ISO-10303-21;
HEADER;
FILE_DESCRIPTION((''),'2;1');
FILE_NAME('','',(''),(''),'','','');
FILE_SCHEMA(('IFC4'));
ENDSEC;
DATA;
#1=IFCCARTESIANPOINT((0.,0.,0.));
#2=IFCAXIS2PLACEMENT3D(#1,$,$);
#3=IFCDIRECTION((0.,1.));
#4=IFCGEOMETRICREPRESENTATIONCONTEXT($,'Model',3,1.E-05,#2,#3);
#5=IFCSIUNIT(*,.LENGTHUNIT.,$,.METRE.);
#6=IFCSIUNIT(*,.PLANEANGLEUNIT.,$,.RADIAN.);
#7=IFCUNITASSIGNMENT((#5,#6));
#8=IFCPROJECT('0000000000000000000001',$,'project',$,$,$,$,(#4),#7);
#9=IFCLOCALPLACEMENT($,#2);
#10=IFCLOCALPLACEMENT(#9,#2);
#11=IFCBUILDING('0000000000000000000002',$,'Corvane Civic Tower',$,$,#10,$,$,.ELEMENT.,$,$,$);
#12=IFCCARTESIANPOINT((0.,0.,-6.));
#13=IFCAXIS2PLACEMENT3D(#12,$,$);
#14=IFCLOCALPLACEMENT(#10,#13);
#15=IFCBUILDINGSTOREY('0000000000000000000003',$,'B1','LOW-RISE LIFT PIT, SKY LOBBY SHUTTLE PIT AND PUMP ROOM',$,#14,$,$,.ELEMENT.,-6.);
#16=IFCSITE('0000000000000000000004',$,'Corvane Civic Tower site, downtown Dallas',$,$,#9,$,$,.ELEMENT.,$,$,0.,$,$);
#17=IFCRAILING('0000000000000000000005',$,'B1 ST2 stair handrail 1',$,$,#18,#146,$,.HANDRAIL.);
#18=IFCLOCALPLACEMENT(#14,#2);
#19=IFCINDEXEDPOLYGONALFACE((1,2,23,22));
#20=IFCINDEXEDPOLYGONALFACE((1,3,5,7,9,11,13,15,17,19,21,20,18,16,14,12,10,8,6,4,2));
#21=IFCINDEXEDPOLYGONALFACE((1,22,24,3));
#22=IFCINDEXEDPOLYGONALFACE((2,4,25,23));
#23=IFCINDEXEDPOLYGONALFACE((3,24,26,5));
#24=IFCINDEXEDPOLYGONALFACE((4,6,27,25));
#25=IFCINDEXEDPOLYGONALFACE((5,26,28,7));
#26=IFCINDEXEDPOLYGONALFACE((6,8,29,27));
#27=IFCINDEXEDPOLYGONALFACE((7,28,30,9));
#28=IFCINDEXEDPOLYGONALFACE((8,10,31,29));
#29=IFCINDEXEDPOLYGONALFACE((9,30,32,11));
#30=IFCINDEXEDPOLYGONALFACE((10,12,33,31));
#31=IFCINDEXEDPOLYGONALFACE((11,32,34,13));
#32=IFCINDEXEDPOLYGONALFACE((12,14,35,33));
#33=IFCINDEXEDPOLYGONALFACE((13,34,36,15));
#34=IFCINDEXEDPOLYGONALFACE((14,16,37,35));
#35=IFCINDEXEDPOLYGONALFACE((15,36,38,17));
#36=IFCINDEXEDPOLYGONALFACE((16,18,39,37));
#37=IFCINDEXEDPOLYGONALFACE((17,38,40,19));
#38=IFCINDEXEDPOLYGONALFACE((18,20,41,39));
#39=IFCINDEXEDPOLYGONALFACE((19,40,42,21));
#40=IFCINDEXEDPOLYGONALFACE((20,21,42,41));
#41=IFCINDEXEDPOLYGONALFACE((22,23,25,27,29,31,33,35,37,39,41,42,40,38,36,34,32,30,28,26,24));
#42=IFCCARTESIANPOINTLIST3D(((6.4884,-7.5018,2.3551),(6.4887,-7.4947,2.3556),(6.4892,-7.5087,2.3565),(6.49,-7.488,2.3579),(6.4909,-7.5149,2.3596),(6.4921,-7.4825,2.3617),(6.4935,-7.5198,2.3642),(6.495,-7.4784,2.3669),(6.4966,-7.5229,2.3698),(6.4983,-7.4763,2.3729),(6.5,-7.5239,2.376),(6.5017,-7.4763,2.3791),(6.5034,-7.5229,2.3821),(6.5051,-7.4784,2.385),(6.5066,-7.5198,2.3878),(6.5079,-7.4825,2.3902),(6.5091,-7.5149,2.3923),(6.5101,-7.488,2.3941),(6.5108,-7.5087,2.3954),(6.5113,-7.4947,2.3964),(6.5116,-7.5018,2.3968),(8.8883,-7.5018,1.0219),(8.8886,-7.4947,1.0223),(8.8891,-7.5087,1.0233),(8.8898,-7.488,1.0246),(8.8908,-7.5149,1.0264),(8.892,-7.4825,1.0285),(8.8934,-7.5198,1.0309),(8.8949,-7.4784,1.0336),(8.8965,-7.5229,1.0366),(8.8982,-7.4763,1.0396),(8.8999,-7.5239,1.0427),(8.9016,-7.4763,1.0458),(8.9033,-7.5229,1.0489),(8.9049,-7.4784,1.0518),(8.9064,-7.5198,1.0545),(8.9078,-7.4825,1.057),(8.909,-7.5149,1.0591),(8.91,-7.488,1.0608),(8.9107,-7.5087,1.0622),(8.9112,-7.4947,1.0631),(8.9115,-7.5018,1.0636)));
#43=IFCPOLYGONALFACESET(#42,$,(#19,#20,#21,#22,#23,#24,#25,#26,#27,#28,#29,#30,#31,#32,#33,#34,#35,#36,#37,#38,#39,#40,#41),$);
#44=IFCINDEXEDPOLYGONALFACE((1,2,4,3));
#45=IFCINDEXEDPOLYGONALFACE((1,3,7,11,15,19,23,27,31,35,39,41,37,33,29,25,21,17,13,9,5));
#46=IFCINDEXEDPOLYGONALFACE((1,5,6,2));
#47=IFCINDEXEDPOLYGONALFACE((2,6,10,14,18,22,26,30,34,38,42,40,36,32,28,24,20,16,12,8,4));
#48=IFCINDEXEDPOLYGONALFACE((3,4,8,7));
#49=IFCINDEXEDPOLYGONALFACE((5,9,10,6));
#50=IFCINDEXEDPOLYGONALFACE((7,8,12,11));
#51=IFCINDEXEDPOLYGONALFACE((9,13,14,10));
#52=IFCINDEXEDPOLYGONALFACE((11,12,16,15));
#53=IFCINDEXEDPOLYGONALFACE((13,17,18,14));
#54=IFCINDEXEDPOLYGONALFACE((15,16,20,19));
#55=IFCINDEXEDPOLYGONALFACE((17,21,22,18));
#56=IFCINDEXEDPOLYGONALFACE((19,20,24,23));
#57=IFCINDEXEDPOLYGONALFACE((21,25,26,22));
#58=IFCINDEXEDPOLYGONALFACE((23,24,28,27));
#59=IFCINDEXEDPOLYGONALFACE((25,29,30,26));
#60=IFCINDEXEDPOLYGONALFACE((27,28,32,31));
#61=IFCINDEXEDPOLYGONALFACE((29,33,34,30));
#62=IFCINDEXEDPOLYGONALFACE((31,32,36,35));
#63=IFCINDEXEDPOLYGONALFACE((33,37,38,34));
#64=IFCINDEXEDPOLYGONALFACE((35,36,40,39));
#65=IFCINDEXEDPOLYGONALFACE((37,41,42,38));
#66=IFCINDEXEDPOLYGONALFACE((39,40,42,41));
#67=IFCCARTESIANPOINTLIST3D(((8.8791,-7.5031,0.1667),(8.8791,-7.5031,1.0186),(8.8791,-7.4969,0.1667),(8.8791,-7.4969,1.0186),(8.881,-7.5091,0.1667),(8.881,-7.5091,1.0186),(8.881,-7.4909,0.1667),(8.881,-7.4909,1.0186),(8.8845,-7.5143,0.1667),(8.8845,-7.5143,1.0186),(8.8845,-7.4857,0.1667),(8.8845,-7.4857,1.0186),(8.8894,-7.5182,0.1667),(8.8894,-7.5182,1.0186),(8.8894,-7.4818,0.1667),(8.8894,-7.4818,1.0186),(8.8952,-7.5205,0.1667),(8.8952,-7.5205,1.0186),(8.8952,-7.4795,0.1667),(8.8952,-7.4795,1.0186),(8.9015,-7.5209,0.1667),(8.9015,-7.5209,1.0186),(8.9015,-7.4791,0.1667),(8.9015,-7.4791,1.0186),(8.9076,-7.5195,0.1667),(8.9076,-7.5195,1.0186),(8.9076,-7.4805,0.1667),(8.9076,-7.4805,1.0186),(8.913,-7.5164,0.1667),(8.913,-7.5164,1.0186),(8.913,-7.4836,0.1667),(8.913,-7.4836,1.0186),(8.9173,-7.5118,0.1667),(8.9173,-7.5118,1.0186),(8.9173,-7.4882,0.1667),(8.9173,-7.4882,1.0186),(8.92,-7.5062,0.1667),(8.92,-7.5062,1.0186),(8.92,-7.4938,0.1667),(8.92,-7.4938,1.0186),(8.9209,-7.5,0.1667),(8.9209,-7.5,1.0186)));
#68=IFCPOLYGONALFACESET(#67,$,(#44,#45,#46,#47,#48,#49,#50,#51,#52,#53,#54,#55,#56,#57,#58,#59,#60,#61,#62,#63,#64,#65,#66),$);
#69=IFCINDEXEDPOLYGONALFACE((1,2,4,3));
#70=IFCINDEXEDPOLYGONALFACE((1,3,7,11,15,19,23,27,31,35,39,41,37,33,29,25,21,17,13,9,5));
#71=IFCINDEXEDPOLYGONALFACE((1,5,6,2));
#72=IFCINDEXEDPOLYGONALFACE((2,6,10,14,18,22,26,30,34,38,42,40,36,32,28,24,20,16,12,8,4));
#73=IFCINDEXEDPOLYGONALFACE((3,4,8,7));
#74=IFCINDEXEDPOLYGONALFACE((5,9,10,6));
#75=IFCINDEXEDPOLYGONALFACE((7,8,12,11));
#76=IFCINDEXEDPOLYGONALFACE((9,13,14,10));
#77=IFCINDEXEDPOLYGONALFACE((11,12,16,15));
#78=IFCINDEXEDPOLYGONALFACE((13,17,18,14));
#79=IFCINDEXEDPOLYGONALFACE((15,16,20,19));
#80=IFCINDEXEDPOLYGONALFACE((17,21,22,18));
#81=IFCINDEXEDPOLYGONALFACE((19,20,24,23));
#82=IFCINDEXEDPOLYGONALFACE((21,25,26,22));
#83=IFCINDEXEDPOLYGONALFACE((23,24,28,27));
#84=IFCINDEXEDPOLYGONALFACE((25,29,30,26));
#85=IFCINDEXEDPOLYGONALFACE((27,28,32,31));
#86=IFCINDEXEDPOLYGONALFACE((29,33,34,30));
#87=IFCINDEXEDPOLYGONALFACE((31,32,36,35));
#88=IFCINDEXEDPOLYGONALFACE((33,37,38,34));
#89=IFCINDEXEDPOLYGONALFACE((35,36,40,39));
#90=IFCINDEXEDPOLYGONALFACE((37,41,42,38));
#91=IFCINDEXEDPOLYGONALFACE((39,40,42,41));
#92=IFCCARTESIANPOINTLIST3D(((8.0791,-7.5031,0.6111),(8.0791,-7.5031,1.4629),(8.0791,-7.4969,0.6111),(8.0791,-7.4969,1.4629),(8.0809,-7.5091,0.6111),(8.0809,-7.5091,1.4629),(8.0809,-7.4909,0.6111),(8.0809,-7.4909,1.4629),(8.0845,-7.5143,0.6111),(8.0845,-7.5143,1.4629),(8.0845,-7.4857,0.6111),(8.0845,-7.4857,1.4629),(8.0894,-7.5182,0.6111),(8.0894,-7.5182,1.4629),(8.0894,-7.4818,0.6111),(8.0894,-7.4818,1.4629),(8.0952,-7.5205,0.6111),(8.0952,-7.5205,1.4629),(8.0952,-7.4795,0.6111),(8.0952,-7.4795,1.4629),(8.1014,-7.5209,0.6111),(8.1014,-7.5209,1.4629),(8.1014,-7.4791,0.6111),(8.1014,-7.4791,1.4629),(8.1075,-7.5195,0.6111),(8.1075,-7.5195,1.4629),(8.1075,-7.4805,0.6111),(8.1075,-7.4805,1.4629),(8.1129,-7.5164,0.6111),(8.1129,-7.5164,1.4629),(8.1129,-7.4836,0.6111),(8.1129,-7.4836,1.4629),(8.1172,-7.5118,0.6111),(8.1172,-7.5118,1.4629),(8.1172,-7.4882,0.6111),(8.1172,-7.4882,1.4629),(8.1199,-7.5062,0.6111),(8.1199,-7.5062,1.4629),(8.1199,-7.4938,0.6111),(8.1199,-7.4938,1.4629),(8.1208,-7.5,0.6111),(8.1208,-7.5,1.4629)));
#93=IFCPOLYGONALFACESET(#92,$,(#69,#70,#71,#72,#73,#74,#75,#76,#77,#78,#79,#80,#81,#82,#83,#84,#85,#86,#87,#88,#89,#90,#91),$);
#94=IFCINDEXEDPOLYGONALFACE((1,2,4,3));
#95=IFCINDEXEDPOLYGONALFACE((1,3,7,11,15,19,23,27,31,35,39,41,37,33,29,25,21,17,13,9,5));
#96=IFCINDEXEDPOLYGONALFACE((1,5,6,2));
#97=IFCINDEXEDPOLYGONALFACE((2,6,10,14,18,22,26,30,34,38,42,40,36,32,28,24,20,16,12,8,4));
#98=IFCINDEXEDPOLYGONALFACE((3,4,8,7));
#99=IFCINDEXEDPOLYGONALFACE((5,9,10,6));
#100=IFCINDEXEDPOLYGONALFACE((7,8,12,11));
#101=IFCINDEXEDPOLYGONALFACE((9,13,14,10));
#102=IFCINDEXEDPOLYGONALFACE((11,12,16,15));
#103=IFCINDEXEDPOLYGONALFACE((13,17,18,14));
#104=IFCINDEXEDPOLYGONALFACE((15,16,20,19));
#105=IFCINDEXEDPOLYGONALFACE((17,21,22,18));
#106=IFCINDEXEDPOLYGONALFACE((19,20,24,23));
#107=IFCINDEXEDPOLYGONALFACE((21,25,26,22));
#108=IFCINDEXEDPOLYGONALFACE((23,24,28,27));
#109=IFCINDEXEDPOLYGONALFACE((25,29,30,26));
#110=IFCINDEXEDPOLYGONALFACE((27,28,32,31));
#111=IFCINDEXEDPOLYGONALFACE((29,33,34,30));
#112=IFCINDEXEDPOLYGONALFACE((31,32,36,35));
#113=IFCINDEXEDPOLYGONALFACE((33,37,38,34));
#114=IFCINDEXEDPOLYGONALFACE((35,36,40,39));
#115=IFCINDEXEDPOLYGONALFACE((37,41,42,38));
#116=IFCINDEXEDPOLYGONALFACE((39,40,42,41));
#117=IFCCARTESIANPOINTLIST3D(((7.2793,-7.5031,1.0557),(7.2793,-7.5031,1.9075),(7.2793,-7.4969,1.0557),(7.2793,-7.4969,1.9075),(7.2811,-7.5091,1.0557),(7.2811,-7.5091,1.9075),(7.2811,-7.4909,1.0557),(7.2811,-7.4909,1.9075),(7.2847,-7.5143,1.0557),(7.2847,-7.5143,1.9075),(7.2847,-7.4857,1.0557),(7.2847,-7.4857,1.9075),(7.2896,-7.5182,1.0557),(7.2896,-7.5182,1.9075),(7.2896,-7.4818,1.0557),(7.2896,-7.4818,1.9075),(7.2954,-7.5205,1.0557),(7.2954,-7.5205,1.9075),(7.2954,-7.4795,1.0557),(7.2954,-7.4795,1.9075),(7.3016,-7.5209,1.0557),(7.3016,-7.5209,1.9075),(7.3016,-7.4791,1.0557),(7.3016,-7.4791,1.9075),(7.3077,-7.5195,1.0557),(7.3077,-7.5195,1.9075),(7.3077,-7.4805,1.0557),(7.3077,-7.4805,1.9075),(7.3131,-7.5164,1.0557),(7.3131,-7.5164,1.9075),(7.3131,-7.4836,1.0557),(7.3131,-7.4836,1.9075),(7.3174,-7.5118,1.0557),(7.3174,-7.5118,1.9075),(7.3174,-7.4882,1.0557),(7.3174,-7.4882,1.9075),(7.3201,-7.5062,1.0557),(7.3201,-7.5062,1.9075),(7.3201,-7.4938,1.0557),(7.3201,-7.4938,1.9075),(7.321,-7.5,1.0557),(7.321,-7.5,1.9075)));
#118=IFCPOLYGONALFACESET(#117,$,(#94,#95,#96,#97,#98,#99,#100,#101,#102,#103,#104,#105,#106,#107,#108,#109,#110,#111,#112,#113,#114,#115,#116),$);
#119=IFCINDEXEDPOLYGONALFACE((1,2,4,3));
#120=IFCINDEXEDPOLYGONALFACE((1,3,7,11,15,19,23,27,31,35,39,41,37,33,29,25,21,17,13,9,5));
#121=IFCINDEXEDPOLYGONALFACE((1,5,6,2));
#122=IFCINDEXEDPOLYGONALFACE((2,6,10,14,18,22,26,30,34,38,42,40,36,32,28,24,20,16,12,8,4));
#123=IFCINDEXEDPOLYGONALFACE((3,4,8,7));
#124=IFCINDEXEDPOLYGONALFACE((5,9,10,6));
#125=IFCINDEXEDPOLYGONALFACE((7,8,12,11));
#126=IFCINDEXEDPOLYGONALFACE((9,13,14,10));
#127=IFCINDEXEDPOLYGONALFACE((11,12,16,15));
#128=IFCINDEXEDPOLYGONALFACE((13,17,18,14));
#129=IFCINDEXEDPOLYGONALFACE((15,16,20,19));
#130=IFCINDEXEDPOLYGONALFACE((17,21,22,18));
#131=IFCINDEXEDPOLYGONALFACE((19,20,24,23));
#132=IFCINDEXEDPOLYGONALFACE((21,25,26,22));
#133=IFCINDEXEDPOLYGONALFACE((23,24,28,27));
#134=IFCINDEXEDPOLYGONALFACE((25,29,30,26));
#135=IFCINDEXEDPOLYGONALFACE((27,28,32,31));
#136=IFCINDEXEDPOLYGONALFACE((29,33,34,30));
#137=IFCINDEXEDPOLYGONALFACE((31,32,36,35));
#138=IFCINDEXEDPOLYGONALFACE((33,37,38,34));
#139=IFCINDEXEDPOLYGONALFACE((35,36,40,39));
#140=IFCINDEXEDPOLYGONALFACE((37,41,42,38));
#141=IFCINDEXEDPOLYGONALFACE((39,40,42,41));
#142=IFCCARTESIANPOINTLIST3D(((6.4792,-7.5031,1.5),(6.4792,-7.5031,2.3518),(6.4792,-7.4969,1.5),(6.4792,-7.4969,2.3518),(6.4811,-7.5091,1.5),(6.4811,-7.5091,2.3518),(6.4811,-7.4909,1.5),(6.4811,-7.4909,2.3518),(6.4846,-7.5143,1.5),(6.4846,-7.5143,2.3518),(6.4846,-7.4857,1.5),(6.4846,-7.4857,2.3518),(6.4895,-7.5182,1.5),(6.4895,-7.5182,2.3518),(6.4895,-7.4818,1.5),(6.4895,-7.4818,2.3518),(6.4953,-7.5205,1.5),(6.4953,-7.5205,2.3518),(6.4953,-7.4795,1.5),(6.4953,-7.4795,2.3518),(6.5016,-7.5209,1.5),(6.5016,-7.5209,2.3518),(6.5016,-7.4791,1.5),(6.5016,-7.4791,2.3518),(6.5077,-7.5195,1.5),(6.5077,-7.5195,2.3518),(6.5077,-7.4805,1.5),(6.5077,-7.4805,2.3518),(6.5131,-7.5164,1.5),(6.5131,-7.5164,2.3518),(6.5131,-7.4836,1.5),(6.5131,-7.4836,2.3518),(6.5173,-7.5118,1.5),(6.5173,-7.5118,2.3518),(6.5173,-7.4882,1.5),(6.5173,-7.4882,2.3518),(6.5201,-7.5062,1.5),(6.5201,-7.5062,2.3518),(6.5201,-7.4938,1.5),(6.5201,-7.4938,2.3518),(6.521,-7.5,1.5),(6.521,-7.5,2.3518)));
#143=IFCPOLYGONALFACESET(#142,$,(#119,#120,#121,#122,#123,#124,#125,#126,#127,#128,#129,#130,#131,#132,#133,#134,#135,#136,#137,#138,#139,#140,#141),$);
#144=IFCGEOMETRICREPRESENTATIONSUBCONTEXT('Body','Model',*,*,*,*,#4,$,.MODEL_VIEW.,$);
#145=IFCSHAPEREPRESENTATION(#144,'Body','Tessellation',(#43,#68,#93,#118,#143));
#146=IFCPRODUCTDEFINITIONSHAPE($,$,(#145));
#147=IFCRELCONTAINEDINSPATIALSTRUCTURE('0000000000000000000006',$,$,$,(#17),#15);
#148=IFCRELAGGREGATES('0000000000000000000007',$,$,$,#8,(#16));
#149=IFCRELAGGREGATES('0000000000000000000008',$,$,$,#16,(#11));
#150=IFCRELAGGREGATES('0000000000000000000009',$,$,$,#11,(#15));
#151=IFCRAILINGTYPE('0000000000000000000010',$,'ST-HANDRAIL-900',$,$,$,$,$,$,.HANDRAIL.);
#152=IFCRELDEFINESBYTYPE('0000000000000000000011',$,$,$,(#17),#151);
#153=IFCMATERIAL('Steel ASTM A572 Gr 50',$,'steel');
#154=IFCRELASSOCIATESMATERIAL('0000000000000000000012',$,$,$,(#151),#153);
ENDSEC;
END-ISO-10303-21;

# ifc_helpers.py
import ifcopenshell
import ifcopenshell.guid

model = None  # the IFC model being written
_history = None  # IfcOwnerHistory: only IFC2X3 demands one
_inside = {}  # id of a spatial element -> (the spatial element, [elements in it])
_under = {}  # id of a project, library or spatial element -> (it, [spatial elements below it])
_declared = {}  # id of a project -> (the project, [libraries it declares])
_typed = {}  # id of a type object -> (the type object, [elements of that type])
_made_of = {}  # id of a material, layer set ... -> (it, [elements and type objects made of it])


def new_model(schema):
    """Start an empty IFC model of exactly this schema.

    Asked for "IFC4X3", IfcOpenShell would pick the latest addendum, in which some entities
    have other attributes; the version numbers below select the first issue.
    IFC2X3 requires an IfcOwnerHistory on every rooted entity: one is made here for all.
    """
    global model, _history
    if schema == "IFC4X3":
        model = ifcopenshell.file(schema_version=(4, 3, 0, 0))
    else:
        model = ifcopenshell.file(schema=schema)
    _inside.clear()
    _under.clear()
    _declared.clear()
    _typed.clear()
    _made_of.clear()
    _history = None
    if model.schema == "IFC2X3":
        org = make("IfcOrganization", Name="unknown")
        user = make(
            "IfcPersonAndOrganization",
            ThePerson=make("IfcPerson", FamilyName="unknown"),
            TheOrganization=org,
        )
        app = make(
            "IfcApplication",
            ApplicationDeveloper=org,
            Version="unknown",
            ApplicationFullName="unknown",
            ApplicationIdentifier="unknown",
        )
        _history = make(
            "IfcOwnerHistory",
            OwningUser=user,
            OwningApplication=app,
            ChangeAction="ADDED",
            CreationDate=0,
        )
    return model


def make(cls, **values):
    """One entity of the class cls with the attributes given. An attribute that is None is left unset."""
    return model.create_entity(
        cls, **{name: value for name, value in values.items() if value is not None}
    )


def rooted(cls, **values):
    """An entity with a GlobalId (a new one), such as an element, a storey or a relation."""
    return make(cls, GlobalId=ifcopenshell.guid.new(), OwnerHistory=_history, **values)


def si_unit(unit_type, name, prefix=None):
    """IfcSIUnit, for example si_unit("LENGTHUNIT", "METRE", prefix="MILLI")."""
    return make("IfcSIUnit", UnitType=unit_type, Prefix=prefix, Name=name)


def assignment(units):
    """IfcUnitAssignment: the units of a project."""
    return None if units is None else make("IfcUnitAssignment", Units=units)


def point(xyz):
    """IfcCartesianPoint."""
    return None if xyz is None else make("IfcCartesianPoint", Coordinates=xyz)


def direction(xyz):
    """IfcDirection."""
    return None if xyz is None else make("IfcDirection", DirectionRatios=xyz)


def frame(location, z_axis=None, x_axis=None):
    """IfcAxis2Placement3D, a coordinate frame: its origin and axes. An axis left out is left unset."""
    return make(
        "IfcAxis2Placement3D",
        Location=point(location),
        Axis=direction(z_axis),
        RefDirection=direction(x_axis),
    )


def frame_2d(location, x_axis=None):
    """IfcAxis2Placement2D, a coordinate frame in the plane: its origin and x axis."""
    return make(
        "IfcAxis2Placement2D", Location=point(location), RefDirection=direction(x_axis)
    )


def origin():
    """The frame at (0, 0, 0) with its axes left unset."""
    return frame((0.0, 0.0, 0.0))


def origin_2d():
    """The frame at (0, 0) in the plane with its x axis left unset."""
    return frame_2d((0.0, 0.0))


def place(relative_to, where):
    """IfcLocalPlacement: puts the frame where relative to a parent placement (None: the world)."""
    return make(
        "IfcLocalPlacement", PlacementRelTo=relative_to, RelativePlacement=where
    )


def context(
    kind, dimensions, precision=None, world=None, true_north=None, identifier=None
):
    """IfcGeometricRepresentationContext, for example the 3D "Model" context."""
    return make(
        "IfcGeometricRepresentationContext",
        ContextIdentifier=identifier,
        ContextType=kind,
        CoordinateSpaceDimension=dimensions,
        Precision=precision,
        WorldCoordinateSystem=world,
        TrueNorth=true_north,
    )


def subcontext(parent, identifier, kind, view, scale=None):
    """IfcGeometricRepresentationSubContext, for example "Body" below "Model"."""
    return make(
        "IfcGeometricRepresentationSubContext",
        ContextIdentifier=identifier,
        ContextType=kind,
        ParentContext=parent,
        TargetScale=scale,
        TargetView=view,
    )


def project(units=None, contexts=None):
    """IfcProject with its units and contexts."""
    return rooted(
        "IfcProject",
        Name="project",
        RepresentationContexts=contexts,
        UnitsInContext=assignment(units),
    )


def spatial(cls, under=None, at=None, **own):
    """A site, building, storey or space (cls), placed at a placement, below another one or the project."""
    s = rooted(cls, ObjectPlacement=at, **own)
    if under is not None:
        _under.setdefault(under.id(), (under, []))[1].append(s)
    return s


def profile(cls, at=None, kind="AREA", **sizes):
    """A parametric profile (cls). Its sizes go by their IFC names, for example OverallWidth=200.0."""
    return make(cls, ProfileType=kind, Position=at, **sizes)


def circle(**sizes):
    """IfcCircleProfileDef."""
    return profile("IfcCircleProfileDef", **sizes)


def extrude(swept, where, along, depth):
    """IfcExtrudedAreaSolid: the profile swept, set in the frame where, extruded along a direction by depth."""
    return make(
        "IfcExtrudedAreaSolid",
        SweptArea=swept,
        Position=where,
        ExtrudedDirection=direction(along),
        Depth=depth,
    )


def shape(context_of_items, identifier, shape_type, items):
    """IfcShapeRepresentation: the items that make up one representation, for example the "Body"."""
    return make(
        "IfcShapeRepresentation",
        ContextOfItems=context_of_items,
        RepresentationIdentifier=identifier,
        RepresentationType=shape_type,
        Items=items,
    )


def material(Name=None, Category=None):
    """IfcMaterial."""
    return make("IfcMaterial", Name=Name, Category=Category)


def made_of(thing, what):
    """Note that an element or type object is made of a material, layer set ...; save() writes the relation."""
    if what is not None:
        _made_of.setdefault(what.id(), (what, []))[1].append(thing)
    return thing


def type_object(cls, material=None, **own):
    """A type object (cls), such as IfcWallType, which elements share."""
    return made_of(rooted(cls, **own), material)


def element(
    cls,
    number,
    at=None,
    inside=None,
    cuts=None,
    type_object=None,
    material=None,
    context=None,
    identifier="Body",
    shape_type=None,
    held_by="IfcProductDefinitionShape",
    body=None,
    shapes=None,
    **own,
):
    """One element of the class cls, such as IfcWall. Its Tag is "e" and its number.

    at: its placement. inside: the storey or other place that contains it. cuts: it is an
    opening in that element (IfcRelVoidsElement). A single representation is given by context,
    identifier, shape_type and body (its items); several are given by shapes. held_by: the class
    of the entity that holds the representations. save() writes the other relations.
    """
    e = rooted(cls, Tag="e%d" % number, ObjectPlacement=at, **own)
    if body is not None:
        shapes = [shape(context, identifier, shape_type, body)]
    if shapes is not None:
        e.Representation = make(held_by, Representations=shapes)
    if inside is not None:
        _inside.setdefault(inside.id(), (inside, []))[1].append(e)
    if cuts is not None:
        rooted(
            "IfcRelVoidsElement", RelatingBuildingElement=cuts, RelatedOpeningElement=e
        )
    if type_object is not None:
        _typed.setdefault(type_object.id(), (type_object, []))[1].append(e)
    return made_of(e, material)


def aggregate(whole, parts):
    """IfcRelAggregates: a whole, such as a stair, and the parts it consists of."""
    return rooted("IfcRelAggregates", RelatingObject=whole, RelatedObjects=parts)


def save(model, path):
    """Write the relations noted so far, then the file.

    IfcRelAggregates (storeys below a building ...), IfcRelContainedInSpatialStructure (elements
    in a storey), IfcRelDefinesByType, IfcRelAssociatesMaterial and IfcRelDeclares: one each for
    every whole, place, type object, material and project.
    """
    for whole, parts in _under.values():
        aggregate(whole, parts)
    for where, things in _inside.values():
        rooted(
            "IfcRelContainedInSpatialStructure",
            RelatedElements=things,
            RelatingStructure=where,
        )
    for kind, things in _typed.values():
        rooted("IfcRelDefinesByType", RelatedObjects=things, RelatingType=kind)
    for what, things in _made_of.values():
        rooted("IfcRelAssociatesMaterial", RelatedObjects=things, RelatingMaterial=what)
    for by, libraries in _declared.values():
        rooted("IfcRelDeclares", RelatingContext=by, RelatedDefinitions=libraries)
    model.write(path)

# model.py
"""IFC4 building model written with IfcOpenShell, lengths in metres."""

from ifc_helpers import new_model, si_unit, direction, frame, origin, origin_2d, place, context, subcontext, project, spatial, circle, extrude, material, type_object, element, save


model = new_model("IFC4")

# Units and contexts
model_context = context("Model", 3, precision=1e-05, world=origin(), true_north=direction((0.0, 1.0)))
body_context = subcontext(model_context, "Body", "Model", "MODEL_VIEW")
ifc_project = project(units=[si_unit("LENGTHUNIT", "METRE"), si_unit("PLANEANGLEUNIT", "RADIAN")], contexts=[model_context])

# Site, building, storey
site_placement = place(None, origin())
site = spatial("IfcSite", under=ifc_project, at=site_placement, Name="Corvane Civic Tower site, downtown Dallas", CompositionType="ELEMENT", RefElevation=0.0)
building_placement = place(site_placement, origin())
building = spatial("IfcBuilding", under=site, at=building_placement, Name="Corvane Civic Tower", CompositionType="ELEMENT")
storey_placement = place(building_placement, frame((0.0, 0.0, -6.0)))
storey = spatial("IfcBuildingStorey", under=building, at=storey_placement, Name="B1", Description="LOW-RISE LIFT PIT, SKY LOBBY SHUTTLE PIT AND PUMP ROOM", CompositionType="ELEMENT", Elevation=-6.0)

# Railing
ifc_material_1 = material(Name="Steel ASTM A572 Gr 50", Category="steel")
railing_type = type_object("IfcRailingType", Name="ST-HANDRAIL-900", PredefinedType="HANDRAIL", material=ifc_material_1)
for number, where, name in (
    (1, (8.8999, -7.5, 0.1667), "B1 ST2 stair handrail 1"),
):
    element("IfcRailing", number, at=place(storey_placement, frame(where)), inside=storey, type_object=railing_type, Name=name, PredefinedType="HANDRAIL", context=body_context, shape_type="SweptSolid", body=[
        extrude(circle(Radius=0.0239, at=origin_2d()), frame((0.0, 0.0, 0.876), z_axis=(-0.874161, 0.0, 0.485635), x_axis=(0.0, -1.0, 0.0)), (0.0, 0.0, 1.0), 2.7454),
        extrude(circle(Radius=0.021, at=origin_2d()), origin(), (0.0, 0.0, 1.0), 0.8518),
        extrude(circle(Radius=0.021, at=origin_2d()), frame((-0.8, 0.0, 0.4443)), (0.0, 0.0, 1.0), 0.8518),
        extrude(circle(Radius=0.021, at=origin_2d()), frame((-1.5999, 0.0, 0.8889)), (0.0, 0.0, 1.0), 0.8518),
        extrude(circle(Radius=0.021, at=origin_2d()), frame((-2.3999, 0.0, 1.3333)), (0.0, 0.0, 1.0), 0.8518),
    ])

save(model, "model.ifc")
